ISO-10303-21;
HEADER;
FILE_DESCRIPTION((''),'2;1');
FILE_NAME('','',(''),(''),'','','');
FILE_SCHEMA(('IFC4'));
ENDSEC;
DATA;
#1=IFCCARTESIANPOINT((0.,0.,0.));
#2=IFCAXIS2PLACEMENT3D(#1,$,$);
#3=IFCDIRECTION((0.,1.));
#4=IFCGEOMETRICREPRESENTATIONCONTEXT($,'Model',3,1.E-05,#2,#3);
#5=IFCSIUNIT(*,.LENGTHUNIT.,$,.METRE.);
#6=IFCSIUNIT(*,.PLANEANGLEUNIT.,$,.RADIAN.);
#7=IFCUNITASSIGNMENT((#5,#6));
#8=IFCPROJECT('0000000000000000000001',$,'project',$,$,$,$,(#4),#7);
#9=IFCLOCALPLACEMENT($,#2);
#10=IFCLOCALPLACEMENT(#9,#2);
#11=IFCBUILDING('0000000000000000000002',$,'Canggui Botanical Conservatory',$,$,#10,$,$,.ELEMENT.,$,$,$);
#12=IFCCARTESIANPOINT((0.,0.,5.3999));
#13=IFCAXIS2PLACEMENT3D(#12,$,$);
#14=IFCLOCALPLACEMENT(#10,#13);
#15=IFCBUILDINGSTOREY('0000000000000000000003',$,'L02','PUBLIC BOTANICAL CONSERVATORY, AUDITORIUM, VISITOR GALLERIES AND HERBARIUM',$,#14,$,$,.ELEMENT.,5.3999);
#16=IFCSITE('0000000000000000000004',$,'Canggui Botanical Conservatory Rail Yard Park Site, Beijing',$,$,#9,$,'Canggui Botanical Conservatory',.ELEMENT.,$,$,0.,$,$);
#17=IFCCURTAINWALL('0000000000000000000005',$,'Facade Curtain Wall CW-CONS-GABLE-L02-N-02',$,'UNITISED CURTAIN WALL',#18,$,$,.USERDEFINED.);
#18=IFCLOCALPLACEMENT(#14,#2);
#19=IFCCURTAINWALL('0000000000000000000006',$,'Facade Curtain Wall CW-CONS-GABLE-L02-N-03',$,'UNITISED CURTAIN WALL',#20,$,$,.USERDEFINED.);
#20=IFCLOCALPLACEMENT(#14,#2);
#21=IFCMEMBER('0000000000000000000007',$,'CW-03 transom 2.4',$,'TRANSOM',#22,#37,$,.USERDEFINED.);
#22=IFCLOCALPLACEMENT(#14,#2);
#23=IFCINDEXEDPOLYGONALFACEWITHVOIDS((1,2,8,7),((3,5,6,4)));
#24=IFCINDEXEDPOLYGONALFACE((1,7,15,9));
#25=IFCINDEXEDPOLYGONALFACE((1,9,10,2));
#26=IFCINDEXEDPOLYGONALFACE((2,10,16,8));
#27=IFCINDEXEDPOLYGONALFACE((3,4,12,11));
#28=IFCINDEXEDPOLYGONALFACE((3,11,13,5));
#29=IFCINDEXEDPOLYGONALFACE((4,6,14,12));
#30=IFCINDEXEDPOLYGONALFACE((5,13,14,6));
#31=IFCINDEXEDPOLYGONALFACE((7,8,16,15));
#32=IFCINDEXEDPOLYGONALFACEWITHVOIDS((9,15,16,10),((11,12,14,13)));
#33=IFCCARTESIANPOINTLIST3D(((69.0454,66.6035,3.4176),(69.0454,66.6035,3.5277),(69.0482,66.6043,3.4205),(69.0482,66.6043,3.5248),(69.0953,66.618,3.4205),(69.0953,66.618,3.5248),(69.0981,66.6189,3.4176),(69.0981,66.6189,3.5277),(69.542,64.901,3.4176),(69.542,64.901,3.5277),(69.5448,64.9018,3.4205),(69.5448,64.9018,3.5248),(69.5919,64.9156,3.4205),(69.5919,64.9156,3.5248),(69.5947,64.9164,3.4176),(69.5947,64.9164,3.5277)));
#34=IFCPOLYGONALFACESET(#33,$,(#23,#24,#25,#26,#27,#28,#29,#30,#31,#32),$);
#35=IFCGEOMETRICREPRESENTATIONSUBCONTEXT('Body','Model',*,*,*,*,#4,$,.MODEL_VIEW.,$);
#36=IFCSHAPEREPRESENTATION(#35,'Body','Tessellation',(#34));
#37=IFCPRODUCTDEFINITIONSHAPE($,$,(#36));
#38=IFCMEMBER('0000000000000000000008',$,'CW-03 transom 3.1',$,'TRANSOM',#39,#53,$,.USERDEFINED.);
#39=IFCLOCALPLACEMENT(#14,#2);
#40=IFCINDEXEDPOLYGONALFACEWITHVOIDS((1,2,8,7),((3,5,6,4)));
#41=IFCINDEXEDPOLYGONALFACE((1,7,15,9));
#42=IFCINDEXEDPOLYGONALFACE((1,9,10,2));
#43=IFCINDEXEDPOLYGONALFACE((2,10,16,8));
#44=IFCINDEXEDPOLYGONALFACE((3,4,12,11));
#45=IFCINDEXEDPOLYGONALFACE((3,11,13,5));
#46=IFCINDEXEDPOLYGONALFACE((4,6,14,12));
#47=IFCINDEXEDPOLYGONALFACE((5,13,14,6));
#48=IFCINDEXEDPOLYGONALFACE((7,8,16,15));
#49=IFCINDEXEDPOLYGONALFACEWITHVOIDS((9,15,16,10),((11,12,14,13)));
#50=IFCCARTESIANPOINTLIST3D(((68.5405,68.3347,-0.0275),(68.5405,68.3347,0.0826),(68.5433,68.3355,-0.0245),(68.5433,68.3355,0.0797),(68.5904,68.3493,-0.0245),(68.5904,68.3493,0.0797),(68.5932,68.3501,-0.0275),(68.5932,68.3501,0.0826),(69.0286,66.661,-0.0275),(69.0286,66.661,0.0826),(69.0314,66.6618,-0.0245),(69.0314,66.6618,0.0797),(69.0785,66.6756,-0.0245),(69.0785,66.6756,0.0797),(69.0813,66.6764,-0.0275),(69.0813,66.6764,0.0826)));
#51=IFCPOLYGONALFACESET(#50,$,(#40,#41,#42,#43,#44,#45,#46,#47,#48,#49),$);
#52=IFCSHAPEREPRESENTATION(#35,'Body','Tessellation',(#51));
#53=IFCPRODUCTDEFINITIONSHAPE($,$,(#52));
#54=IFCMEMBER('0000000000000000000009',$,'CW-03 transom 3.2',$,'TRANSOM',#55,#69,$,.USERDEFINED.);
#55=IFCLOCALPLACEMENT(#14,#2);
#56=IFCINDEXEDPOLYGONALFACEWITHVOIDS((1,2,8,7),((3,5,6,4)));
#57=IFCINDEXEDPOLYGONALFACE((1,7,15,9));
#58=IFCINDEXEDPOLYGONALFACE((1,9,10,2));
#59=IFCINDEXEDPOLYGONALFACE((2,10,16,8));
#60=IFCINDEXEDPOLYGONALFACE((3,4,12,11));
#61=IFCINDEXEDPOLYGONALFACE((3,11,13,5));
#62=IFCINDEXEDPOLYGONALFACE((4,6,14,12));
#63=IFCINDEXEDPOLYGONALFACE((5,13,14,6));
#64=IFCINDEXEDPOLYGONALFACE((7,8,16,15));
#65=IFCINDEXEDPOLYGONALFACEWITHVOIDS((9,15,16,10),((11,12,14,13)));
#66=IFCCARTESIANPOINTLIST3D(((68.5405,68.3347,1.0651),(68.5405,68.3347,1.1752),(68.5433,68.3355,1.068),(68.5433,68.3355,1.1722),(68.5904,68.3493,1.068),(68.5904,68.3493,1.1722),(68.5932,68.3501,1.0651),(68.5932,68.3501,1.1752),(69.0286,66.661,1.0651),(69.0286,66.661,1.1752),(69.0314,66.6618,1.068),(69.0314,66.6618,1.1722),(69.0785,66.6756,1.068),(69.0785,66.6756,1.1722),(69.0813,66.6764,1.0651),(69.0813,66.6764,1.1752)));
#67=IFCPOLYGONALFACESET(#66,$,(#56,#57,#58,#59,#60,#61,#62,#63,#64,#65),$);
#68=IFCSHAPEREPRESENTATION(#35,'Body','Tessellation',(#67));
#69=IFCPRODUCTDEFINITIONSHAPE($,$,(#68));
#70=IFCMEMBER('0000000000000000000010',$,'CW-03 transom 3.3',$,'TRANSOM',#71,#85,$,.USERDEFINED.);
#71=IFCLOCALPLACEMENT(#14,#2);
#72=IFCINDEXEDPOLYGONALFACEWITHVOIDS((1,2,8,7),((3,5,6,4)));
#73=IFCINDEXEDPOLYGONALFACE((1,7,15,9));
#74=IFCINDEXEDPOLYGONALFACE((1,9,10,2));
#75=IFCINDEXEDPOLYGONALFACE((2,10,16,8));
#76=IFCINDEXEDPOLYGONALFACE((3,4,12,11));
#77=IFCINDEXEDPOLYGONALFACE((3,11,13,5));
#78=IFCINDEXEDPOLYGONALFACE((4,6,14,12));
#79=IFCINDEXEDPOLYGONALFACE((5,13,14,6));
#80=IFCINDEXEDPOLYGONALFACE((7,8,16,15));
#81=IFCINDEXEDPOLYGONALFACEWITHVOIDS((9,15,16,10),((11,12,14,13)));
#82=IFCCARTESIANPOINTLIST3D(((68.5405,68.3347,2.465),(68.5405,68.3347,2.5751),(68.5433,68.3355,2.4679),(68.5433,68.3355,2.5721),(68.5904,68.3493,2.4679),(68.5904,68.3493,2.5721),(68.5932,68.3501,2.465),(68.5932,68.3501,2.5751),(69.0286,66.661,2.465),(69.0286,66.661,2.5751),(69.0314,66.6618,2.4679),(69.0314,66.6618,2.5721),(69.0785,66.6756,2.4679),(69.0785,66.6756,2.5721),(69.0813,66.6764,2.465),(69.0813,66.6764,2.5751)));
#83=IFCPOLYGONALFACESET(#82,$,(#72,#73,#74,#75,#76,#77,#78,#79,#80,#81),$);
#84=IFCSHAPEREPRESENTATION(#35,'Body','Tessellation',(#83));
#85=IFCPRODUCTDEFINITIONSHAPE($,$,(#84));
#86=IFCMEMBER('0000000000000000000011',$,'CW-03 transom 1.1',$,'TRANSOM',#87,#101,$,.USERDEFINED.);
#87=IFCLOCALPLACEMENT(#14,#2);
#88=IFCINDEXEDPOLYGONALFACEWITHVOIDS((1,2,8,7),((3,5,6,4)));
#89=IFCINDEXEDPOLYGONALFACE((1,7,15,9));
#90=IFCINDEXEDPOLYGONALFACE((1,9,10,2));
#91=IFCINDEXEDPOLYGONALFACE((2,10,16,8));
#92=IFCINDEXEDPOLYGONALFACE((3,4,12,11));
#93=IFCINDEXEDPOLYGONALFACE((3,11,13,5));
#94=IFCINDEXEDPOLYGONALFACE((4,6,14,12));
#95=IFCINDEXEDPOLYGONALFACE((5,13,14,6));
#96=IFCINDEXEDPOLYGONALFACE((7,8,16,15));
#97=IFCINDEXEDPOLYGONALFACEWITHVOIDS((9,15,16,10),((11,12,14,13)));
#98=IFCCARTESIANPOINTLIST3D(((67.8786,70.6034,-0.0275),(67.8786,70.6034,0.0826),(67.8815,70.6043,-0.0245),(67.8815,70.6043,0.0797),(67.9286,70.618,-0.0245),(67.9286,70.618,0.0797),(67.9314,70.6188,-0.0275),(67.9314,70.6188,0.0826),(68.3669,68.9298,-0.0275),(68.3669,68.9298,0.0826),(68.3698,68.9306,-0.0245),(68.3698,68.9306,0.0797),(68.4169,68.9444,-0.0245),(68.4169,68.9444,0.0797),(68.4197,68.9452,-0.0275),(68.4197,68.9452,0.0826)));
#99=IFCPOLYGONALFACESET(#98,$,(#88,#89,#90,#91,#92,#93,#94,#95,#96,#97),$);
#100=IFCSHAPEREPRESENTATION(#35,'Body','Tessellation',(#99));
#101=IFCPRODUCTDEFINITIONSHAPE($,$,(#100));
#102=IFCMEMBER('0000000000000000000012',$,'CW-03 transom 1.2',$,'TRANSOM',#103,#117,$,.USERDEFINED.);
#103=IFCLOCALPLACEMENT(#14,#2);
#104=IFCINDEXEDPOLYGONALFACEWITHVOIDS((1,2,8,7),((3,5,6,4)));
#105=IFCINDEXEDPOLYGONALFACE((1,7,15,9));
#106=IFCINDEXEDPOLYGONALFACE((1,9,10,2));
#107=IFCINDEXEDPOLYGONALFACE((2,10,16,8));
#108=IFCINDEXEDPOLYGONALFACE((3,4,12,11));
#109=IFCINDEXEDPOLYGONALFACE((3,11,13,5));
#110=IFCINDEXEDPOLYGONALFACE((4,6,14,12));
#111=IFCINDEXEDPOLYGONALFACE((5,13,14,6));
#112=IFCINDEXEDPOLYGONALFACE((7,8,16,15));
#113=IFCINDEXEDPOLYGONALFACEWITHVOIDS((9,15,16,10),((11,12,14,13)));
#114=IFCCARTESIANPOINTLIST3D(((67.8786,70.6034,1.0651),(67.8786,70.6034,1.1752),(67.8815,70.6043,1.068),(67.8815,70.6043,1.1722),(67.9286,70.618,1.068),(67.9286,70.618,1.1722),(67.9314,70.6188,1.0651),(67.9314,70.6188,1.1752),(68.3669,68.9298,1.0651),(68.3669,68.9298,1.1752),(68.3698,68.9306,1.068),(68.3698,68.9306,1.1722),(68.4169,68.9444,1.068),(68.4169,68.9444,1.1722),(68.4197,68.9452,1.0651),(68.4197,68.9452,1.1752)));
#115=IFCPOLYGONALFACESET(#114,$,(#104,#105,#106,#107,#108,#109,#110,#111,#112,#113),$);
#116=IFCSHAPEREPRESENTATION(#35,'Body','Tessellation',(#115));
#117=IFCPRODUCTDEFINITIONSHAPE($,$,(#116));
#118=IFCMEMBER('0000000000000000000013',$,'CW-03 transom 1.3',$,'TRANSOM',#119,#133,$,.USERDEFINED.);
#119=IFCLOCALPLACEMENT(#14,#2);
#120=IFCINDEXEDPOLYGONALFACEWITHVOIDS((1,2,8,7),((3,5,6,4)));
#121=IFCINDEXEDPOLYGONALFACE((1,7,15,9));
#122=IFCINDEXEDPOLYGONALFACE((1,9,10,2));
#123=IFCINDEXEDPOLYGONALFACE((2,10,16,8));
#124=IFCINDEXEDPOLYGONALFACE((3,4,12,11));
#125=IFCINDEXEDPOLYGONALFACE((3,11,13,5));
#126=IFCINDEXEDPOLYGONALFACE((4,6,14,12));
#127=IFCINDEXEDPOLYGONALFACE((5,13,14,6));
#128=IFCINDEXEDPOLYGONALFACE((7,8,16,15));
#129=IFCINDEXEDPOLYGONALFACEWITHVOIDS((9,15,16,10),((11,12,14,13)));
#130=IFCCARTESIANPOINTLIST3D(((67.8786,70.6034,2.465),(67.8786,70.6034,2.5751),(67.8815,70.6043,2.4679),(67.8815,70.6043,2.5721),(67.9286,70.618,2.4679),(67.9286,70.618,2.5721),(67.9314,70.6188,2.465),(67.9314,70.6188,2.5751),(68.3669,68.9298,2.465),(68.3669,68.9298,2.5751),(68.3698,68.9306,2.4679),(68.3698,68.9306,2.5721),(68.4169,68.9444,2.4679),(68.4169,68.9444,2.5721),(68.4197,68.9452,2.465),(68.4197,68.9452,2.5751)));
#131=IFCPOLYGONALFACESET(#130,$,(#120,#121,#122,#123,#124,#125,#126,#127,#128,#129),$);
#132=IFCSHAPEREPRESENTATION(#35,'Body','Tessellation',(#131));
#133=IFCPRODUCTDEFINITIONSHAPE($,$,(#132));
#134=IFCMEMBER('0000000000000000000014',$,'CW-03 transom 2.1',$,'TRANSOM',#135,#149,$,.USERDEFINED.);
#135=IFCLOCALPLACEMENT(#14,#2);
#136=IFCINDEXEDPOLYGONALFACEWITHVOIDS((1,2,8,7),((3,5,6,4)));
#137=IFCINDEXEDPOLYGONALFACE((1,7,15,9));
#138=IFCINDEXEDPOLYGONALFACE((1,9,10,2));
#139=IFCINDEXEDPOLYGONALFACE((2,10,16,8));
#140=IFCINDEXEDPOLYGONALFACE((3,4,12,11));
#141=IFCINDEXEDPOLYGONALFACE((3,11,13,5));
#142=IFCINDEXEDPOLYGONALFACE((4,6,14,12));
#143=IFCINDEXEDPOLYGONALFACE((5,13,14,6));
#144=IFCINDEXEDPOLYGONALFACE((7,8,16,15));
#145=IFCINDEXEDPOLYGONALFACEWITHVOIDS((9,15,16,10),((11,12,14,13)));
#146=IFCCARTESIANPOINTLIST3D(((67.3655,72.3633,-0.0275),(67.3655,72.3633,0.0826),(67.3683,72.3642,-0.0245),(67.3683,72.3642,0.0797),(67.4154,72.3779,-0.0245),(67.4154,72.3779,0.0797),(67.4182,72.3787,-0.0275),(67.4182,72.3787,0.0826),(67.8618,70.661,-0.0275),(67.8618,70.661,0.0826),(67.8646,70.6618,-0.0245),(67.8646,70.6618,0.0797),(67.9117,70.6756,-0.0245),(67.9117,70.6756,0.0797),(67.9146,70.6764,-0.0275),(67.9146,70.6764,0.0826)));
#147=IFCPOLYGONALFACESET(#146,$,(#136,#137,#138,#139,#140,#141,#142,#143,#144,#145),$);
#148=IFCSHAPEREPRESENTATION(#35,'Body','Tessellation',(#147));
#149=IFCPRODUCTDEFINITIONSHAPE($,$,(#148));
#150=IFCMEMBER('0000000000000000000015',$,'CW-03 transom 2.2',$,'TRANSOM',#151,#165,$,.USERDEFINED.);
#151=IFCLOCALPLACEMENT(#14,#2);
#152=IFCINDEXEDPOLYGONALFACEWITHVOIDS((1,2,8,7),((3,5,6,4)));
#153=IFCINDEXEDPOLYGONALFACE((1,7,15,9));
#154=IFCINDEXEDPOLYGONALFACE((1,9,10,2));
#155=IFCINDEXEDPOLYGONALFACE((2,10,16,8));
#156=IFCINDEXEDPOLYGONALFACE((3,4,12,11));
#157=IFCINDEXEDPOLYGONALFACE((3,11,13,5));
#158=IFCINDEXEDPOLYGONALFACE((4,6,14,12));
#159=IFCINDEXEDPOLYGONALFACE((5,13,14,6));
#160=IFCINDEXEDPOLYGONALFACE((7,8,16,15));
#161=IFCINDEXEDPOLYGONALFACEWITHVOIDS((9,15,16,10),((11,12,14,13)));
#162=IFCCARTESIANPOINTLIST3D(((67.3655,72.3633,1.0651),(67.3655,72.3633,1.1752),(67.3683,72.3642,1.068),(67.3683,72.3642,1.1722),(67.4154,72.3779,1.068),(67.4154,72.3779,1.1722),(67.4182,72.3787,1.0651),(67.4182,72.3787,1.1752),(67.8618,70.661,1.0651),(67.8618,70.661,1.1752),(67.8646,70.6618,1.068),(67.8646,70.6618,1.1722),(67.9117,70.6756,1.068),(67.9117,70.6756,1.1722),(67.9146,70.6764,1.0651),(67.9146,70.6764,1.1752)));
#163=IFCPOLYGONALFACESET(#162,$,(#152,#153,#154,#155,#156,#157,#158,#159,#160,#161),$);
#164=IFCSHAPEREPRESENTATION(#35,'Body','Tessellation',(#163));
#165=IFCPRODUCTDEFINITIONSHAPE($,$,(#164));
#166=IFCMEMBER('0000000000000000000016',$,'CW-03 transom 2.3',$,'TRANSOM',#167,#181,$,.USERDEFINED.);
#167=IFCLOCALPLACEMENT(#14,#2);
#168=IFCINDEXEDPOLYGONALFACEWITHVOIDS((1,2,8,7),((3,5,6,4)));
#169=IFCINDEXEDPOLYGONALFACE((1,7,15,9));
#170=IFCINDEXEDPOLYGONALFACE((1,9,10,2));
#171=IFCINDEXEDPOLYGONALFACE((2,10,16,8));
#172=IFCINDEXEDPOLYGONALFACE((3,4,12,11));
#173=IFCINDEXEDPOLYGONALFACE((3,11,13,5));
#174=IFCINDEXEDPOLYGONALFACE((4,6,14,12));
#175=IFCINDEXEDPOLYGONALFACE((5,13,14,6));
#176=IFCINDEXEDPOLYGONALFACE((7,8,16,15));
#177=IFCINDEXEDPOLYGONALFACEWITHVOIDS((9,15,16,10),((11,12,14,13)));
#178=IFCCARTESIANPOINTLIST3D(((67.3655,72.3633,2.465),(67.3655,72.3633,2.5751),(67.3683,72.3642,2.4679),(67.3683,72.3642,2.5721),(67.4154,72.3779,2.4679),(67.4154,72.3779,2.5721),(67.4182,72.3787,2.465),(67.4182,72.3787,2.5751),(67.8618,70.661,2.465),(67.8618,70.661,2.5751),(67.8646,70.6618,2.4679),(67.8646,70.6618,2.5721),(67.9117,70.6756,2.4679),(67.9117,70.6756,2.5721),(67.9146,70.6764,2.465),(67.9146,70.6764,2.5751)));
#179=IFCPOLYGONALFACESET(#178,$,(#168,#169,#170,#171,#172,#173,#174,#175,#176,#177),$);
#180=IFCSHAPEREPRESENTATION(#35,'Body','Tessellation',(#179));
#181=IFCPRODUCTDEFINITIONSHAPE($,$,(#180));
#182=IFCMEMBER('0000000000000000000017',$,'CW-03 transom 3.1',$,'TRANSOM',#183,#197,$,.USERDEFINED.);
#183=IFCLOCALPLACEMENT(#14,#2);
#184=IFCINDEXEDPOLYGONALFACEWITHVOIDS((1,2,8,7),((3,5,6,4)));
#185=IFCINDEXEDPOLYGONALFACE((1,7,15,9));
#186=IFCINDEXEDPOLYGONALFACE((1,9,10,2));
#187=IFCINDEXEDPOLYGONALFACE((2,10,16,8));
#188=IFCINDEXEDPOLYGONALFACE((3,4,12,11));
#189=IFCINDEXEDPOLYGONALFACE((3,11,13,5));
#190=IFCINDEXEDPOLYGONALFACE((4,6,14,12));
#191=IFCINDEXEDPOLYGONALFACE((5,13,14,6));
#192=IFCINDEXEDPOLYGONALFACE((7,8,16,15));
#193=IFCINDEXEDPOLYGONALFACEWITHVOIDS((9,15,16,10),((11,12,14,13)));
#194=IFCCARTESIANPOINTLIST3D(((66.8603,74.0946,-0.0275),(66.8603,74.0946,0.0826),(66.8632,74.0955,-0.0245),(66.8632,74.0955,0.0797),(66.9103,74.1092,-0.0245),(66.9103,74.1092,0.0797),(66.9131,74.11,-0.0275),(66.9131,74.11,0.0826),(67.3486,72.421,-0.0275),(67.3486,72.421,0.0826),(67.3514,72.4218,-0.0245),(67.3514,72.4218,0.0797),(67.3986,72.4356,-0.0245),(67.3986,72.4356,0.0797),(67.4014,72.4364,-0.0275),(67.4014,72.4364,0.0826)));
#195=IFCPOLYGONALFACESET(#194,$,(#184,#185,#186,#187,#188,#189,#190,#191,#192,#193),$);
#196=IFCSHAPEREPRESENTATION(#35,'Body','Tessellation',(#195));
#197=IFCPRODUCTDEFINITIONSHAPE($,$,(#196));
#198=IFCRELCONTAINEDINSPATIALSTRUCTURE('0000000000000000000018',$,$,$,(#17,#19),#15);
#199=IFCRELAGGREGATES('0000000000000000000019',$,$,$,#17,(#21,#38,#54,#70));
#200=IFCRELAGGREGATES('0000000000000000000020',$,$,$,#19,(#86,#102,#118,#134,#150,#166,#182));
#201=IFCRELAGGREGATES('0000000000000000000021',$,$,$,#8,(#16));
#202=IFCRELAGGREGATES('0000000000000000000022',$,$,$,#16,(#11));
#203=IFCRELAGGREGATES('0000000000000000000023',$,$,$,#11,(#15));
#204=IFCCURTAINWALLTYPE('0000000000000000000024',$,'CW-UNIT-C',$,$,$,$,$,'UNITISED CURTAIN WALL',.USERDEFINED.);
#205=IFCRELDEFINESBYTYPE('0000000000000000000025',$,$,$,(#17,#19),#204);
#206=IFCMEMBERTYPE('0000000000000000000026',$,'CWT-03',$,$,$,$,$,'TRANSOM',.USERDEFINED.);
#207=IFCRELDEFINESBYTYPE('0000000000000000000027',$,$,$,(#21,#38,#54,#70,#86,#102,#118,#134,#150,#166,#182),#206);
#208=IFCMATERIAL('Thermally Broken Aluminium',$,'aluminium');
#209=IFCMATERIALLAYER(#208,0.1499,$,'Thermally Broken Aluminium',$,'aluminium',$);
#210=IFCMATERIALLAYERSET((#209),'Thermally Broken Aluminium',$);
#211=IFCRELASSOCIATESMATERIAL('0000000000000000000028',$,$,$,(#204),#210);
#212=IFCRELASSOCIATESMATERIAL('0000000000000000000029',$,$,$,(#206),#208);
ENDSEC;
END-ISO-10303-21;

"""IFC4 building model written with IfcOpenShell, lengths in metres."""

from ifc_helpers import new_model, si_unit, direction, frame, origin, origin_2d, place, context, subcontext, project, spatial, hollow_rectangle, extrude, material, layer, layer_set, material_profile, profile_set, type_object, element, aggregate, save


model = new_model("IFC4")

# Units and contexts
model_context = context("Model", 3, precision=1e-05, world=origin(), true_north=direction((0.0, 1.0)))
body_context = subcontext(model_context, "Body", "Model", "MODEL_VIEW")
ifc_project = project(units=[si_unit("LENGTHUNIT", "METRE"), si_unit("PLANEANGLEUNIT", "RADIAN")], contexts=[model_context])

# Site, building, storey
site_placement = place(None, origin())
site = spatial("IfcSite", under=ifc_project, at=site_placement, Name="Canggui Botanical Conservatory Rail Yard Park Site, Beijing", LongName="Canggui Botanical Conservatory", CompositionType="ELEMENT", RefElevation=0.0)
building_placement = place(site_placement, origin())
building = spatial("IfcBuilding", under=site, at=building_placement, Name="Canggui Botanical Conservatory", CompositionType="ELEMENT")
storey_placement = place(building_placement, frame((0.0, 0.0, 5.3999)))
storey = spatial("IfcBuildingStorey", under=building, at=storey_placement, Name="L02", Description="PUBLIC BOTANICAL CONSERVATORY, AUDITORIUM, VISITOR GALLERIES AND HERBARIUM", CompositionType="ELEMENT", Elevation=5.3999)

# Curtain walls
ifc_material_1 = material(Name="Thermally Broken Aluminium", Category="aluminium")
ifc_layer_1 = layer(ifc_material_1, 0.1499, Name="Thermally Broken Aluminium", Category="aluminium")
ifc_layer_set_1 = layer_set([ifc_layer_1], Name="Thermally Broken Aluminium")
curtain_wall_type = type_object("IfcCurtainWallType", Name="CW-UNIT-C", ElementType="UNITISED CURTAIN WALL", PredefinedType="USERDEFINED", material=ifc_layer_set_1)
curtain_wall_1_placement = place(storey_placement, origin())
curtain_wall_1 = element("IfcCurtainWall", 1, at=curtain_wall_1_placement, inside=storey, type_object=curtain_wall_type, Name="Facade Curtain Wall CW-CONS-GABLE-L02-N-02", ObjectType="UNITISED CURTAIN WALL", PredefinedType="USERDEFINED")
curtain_wall_2_placement = place(storey_placement, origin())
curtain_wall_2 = element("IfcCurtainWall", 2, at=curtain_wall_2_placement, inside=storey, type_object=curtain_wall_type, Name="Facade Curtain Wall CW-CONS-GABLE-L02-N-03", ObjectType="UNITISED CURTAIN WALL", PredefinedType="USERDEFINED")

# Members
ifc_material_profile_1 = material_profile(ifc_material_1, hollow_rectangle(XDim=0.0549, YDim=0.1101, WallThickness=0.0029, at=origin_2d()), Name="CWT 55x110x3")
ifc_profile_set_1 = profile_set([ifc_material_profile_1], Name="Thermally Broken Aluminium")
member_type_1 = type_object("IfcMemberType", Name="CWT-03", ElementType="TRANSOM", PredefinedType="USERDEFINED", material=ifc_profile_set_1)
member_1_placement = place(storey_placement, frame((69.5684, 64.9087, 3.4727), z_axis=(-0.280026, 0.959992, 0.0), x_axis=(-0.959992, -0.280026, 0.0)))
member_1 = element("IfcMember", 3, at=member_1_placement, type_object=member_type_1, Name="CW-03 transom 2.4", ObjectType="TRANSOM", PredefinedType="USERDEFINED", context=body_context, shape_type="SweptSolid", body=[
    extrude(hollow_rectangle(XDim=0.0549, YDim=0.1101, WallThickness=0.0029, at=origin_2d()), origin(), (0.0, 0.0, 1.0), 1.7734),
])
member_2_placement = place(storey_placement, frame((69.0549, 66.6687, 0.0276), z_axis=(-0.279952, 0.960014, 0.0), x_axis=(-0.960014, -0.279952, 0.0)))
member_2 = element("IfcMember", 4, at=member_2_placement, type_object=member_type_1, Name="CW-03 transom 3.1", ObjectType="TRANSOM", PredefinedType="USERDEFINED", context=body_context, shape_type="SweptSolid", body=[
    extrude(hollow_rectangle(XDim=0.0549, YDim=0.1101, WallThickness=0.0029, at=origin_2d()), origin(), (0.0, 0.0, 1.0), 1.7434),
])
member_3_placement = place(storey_placement, frame((69.0549, 66.6687, 1.1201), z_axis=(-0.279952, 0.960014, 0.0), x_axis=(-0.960014, -0.279952, 0.0)))
member_3 = element("IfcMember", 5, at=member_3_placement, type_object=member_type_1, Name="CW-03 transom 3.2", ObjectType="TRANSOM", PredefinedType="USERDEFINED", context=body_context, shape_type="SweptSolid", body=[
    extrude(hollow_rectangle(XDim=0.0549, YDim=0.1101, WallThickness=0.0029, at=origin_2d()), origin(), (0.0, 0.0, 1.0), 1.7434),
])
member_4_placement = place(storey_placement, frame((69.0549, 66.6687, 2.52), z_axis=(-0.279952, 0.960014, 0.0), x_axis=(-0.960014, -0.279952, 0.0)))
member_4 = element("IfcMember", 6, at=member_4_placement, type_object=member_type_1, Name="CW-03 transom 3.3", ObjectType="TRANSOM", PredefinedType="USERDEFINED", context=body_context, shape_type="SweptSolid", body=[
    extrude(hollow_rectangle(XDim=0.0549, YDim=0.1101, WallThickness=0.0029, at=origin_2d()), origin(), (0.0, 0.0, 1.0), 1.7434),
])
member_5_placement = place(storey_placement, frame((68.3933, 68.9375, 0.0276), z_axis=(-0.280081, 0.959976, 0.0), x_axis=(-0.959976, -0.280081, 0.0)))
member_5 = element("IfcMember", 7, at=member_5_placement, type_object=member_type_1, Name="CW-03 transom 1.1", ObjectType="TRANSOM", PredefinedType="USERDEFINED", context=body_context, shape_type="SweptSolid", body=[
    extrude(hollow_rectangle(XDim=0.0549, YDim=0.1101, WallThickness=0.0029, at=origin_2d()), origin(), (0.0, 0.0, 1.0), 1.7434),
])
member_6_placement = place(storey_placement, frame((68.3933, 68.9375, 1.1201), z_axis=(-0.280081, 0.959976, 0.0), x_axis=(-0.959976, -0.280081, 0.0)))
member_6 = element("IfcMember", 8, at=member_6_placement, type_object=member_type_1, Name="CW-03 transom 1.2", ObjectType="TRANSOM", PredefinedType="USERDEFINED", context=body_context, shape_type="SweptSolid", body=[
    extrude(hollow_rectangle(XDim=0.0549, YDim=0.1101, WallThickness=0.0029, at=origin_2d()), origin(), (0.0, 0.0, 1.0), 1.7434),
])
member_7_placement = place(storey_placement, frame((68.3933, 68.9375, 2.52), z_axis=(-0.280081, 0.959976, 0.0), x_axis=(-0.959976, -0.280081, 0.0)))
member_7 = element("IfcMember", 9, at=member_7_placement, type_object=member_type_1, Name="CW-03 transom 1.3", ObjectType="TRANSOM", PredefinedType="USERDEFINED", context=body_context, shape_type="SweptSolid", body=[
    extrude(hollow_rectangle(XDim=0.0549, YDim=0.1101, WallThickness=0.0029, at=origin_2d()), origin(), (0.0, 0.0, 1.0), 1.7434),
])
member_8_placement = place(storey_placement, frame((67.8882, 70.6687, 0.0276), z_axis=(-0.2799, 0.960029, 0.0), x_axis=(-0.960029, -0.2799, 0.0)))
member_8 = element("IfcMember", 10, at=member_8_placement, type_object=member_type_1, Name="CW-03 transom 2.1", ObjectType="TRANSOM", PredefinedType="USERDEFINED", context=body_context, shape_type="SweptSolid", body=[
    extrude(hollow_rectangle(XDim=0.0549, YDim=0.1101, WallThickness=0.0029, at=origin_2d()), origin(), (0.0, 0.0, 1.0), 1.7732),
])
member_9_placement = place(storey_placement, frame((67.8882, 70.6687, 1.1201), z_axis=(-0.2799, 0.960029, 0.0), x_axis=(-0.960029, -0.2799, 0.0)))
member_9 = element("IfcMember", 11, at=member_9_placement, type_object=member_type_1, Name="CW-03 transom 2.2", ObjectType="TRANSOM", PredefinedType="USERDEFINED", context=body_context, shape_type="SweptSolid", body=[
    extrude(hollow_rectangle(XDim=0.0549, YDim=0.1101, WallThickness=0.0029, at=origin_2d()), origin(), (0.0, 0.0, 1.0), 1.7732),
])
member_10_placement = place(storey_placement, frame((67.8882, 70.6687, 2.52), z_axis=(-0.2799, 0.960029, 0.0), x_axis=(-0.960029, -0.2799, 0.0)))
member_10 = element("IfcMember", 12, at=member_10_placement, type_object=member_type_1, Name="CW-03 transom 2.3", ObjectType="TRANSOM", PredefinedType="USERDEFINED", context=body_context, shape_type="SweptSolid", body=[
    extrude(hollow_rectangle(XDim=0.0549, YDim=0.1101, WallThickness=0.0029, at=origin_2d()), origin(), (0.0, 0.0, 1.0), 1.7732),
])
member_11_placement = place(storey_placement, frame((67.375, 72.4287, 0.0276), z_axis=(-0.280081, 0.959976, 0.0), x_axis=(-0.959976, -0.280081, 0.0)))
member_11 = element("IfcMember", 13, at=member_11_placement, type_object=member_type_1, Name="CW-03 transom 3.1", ObjectType="TRANSOM", PredefinedType="USERDEFINED", context=body_context, shape_type="SweptSolid", body=[
    extrude(hollow_rectangle(XDim=0.0549, YDim=0.1101, WallThickness=0.0029, at=origin_2d()), origin(), (0.0, 0.0, 1.0), 1.7434),
])

aggregate(curtain_wall_1, [member_1, member_2, member_3, member_4])
aggregate(curtain_wall_2, [member_5, member_6, member_7, member_8, member_9, member_10, member_11])

save(model, "model.ifc")
